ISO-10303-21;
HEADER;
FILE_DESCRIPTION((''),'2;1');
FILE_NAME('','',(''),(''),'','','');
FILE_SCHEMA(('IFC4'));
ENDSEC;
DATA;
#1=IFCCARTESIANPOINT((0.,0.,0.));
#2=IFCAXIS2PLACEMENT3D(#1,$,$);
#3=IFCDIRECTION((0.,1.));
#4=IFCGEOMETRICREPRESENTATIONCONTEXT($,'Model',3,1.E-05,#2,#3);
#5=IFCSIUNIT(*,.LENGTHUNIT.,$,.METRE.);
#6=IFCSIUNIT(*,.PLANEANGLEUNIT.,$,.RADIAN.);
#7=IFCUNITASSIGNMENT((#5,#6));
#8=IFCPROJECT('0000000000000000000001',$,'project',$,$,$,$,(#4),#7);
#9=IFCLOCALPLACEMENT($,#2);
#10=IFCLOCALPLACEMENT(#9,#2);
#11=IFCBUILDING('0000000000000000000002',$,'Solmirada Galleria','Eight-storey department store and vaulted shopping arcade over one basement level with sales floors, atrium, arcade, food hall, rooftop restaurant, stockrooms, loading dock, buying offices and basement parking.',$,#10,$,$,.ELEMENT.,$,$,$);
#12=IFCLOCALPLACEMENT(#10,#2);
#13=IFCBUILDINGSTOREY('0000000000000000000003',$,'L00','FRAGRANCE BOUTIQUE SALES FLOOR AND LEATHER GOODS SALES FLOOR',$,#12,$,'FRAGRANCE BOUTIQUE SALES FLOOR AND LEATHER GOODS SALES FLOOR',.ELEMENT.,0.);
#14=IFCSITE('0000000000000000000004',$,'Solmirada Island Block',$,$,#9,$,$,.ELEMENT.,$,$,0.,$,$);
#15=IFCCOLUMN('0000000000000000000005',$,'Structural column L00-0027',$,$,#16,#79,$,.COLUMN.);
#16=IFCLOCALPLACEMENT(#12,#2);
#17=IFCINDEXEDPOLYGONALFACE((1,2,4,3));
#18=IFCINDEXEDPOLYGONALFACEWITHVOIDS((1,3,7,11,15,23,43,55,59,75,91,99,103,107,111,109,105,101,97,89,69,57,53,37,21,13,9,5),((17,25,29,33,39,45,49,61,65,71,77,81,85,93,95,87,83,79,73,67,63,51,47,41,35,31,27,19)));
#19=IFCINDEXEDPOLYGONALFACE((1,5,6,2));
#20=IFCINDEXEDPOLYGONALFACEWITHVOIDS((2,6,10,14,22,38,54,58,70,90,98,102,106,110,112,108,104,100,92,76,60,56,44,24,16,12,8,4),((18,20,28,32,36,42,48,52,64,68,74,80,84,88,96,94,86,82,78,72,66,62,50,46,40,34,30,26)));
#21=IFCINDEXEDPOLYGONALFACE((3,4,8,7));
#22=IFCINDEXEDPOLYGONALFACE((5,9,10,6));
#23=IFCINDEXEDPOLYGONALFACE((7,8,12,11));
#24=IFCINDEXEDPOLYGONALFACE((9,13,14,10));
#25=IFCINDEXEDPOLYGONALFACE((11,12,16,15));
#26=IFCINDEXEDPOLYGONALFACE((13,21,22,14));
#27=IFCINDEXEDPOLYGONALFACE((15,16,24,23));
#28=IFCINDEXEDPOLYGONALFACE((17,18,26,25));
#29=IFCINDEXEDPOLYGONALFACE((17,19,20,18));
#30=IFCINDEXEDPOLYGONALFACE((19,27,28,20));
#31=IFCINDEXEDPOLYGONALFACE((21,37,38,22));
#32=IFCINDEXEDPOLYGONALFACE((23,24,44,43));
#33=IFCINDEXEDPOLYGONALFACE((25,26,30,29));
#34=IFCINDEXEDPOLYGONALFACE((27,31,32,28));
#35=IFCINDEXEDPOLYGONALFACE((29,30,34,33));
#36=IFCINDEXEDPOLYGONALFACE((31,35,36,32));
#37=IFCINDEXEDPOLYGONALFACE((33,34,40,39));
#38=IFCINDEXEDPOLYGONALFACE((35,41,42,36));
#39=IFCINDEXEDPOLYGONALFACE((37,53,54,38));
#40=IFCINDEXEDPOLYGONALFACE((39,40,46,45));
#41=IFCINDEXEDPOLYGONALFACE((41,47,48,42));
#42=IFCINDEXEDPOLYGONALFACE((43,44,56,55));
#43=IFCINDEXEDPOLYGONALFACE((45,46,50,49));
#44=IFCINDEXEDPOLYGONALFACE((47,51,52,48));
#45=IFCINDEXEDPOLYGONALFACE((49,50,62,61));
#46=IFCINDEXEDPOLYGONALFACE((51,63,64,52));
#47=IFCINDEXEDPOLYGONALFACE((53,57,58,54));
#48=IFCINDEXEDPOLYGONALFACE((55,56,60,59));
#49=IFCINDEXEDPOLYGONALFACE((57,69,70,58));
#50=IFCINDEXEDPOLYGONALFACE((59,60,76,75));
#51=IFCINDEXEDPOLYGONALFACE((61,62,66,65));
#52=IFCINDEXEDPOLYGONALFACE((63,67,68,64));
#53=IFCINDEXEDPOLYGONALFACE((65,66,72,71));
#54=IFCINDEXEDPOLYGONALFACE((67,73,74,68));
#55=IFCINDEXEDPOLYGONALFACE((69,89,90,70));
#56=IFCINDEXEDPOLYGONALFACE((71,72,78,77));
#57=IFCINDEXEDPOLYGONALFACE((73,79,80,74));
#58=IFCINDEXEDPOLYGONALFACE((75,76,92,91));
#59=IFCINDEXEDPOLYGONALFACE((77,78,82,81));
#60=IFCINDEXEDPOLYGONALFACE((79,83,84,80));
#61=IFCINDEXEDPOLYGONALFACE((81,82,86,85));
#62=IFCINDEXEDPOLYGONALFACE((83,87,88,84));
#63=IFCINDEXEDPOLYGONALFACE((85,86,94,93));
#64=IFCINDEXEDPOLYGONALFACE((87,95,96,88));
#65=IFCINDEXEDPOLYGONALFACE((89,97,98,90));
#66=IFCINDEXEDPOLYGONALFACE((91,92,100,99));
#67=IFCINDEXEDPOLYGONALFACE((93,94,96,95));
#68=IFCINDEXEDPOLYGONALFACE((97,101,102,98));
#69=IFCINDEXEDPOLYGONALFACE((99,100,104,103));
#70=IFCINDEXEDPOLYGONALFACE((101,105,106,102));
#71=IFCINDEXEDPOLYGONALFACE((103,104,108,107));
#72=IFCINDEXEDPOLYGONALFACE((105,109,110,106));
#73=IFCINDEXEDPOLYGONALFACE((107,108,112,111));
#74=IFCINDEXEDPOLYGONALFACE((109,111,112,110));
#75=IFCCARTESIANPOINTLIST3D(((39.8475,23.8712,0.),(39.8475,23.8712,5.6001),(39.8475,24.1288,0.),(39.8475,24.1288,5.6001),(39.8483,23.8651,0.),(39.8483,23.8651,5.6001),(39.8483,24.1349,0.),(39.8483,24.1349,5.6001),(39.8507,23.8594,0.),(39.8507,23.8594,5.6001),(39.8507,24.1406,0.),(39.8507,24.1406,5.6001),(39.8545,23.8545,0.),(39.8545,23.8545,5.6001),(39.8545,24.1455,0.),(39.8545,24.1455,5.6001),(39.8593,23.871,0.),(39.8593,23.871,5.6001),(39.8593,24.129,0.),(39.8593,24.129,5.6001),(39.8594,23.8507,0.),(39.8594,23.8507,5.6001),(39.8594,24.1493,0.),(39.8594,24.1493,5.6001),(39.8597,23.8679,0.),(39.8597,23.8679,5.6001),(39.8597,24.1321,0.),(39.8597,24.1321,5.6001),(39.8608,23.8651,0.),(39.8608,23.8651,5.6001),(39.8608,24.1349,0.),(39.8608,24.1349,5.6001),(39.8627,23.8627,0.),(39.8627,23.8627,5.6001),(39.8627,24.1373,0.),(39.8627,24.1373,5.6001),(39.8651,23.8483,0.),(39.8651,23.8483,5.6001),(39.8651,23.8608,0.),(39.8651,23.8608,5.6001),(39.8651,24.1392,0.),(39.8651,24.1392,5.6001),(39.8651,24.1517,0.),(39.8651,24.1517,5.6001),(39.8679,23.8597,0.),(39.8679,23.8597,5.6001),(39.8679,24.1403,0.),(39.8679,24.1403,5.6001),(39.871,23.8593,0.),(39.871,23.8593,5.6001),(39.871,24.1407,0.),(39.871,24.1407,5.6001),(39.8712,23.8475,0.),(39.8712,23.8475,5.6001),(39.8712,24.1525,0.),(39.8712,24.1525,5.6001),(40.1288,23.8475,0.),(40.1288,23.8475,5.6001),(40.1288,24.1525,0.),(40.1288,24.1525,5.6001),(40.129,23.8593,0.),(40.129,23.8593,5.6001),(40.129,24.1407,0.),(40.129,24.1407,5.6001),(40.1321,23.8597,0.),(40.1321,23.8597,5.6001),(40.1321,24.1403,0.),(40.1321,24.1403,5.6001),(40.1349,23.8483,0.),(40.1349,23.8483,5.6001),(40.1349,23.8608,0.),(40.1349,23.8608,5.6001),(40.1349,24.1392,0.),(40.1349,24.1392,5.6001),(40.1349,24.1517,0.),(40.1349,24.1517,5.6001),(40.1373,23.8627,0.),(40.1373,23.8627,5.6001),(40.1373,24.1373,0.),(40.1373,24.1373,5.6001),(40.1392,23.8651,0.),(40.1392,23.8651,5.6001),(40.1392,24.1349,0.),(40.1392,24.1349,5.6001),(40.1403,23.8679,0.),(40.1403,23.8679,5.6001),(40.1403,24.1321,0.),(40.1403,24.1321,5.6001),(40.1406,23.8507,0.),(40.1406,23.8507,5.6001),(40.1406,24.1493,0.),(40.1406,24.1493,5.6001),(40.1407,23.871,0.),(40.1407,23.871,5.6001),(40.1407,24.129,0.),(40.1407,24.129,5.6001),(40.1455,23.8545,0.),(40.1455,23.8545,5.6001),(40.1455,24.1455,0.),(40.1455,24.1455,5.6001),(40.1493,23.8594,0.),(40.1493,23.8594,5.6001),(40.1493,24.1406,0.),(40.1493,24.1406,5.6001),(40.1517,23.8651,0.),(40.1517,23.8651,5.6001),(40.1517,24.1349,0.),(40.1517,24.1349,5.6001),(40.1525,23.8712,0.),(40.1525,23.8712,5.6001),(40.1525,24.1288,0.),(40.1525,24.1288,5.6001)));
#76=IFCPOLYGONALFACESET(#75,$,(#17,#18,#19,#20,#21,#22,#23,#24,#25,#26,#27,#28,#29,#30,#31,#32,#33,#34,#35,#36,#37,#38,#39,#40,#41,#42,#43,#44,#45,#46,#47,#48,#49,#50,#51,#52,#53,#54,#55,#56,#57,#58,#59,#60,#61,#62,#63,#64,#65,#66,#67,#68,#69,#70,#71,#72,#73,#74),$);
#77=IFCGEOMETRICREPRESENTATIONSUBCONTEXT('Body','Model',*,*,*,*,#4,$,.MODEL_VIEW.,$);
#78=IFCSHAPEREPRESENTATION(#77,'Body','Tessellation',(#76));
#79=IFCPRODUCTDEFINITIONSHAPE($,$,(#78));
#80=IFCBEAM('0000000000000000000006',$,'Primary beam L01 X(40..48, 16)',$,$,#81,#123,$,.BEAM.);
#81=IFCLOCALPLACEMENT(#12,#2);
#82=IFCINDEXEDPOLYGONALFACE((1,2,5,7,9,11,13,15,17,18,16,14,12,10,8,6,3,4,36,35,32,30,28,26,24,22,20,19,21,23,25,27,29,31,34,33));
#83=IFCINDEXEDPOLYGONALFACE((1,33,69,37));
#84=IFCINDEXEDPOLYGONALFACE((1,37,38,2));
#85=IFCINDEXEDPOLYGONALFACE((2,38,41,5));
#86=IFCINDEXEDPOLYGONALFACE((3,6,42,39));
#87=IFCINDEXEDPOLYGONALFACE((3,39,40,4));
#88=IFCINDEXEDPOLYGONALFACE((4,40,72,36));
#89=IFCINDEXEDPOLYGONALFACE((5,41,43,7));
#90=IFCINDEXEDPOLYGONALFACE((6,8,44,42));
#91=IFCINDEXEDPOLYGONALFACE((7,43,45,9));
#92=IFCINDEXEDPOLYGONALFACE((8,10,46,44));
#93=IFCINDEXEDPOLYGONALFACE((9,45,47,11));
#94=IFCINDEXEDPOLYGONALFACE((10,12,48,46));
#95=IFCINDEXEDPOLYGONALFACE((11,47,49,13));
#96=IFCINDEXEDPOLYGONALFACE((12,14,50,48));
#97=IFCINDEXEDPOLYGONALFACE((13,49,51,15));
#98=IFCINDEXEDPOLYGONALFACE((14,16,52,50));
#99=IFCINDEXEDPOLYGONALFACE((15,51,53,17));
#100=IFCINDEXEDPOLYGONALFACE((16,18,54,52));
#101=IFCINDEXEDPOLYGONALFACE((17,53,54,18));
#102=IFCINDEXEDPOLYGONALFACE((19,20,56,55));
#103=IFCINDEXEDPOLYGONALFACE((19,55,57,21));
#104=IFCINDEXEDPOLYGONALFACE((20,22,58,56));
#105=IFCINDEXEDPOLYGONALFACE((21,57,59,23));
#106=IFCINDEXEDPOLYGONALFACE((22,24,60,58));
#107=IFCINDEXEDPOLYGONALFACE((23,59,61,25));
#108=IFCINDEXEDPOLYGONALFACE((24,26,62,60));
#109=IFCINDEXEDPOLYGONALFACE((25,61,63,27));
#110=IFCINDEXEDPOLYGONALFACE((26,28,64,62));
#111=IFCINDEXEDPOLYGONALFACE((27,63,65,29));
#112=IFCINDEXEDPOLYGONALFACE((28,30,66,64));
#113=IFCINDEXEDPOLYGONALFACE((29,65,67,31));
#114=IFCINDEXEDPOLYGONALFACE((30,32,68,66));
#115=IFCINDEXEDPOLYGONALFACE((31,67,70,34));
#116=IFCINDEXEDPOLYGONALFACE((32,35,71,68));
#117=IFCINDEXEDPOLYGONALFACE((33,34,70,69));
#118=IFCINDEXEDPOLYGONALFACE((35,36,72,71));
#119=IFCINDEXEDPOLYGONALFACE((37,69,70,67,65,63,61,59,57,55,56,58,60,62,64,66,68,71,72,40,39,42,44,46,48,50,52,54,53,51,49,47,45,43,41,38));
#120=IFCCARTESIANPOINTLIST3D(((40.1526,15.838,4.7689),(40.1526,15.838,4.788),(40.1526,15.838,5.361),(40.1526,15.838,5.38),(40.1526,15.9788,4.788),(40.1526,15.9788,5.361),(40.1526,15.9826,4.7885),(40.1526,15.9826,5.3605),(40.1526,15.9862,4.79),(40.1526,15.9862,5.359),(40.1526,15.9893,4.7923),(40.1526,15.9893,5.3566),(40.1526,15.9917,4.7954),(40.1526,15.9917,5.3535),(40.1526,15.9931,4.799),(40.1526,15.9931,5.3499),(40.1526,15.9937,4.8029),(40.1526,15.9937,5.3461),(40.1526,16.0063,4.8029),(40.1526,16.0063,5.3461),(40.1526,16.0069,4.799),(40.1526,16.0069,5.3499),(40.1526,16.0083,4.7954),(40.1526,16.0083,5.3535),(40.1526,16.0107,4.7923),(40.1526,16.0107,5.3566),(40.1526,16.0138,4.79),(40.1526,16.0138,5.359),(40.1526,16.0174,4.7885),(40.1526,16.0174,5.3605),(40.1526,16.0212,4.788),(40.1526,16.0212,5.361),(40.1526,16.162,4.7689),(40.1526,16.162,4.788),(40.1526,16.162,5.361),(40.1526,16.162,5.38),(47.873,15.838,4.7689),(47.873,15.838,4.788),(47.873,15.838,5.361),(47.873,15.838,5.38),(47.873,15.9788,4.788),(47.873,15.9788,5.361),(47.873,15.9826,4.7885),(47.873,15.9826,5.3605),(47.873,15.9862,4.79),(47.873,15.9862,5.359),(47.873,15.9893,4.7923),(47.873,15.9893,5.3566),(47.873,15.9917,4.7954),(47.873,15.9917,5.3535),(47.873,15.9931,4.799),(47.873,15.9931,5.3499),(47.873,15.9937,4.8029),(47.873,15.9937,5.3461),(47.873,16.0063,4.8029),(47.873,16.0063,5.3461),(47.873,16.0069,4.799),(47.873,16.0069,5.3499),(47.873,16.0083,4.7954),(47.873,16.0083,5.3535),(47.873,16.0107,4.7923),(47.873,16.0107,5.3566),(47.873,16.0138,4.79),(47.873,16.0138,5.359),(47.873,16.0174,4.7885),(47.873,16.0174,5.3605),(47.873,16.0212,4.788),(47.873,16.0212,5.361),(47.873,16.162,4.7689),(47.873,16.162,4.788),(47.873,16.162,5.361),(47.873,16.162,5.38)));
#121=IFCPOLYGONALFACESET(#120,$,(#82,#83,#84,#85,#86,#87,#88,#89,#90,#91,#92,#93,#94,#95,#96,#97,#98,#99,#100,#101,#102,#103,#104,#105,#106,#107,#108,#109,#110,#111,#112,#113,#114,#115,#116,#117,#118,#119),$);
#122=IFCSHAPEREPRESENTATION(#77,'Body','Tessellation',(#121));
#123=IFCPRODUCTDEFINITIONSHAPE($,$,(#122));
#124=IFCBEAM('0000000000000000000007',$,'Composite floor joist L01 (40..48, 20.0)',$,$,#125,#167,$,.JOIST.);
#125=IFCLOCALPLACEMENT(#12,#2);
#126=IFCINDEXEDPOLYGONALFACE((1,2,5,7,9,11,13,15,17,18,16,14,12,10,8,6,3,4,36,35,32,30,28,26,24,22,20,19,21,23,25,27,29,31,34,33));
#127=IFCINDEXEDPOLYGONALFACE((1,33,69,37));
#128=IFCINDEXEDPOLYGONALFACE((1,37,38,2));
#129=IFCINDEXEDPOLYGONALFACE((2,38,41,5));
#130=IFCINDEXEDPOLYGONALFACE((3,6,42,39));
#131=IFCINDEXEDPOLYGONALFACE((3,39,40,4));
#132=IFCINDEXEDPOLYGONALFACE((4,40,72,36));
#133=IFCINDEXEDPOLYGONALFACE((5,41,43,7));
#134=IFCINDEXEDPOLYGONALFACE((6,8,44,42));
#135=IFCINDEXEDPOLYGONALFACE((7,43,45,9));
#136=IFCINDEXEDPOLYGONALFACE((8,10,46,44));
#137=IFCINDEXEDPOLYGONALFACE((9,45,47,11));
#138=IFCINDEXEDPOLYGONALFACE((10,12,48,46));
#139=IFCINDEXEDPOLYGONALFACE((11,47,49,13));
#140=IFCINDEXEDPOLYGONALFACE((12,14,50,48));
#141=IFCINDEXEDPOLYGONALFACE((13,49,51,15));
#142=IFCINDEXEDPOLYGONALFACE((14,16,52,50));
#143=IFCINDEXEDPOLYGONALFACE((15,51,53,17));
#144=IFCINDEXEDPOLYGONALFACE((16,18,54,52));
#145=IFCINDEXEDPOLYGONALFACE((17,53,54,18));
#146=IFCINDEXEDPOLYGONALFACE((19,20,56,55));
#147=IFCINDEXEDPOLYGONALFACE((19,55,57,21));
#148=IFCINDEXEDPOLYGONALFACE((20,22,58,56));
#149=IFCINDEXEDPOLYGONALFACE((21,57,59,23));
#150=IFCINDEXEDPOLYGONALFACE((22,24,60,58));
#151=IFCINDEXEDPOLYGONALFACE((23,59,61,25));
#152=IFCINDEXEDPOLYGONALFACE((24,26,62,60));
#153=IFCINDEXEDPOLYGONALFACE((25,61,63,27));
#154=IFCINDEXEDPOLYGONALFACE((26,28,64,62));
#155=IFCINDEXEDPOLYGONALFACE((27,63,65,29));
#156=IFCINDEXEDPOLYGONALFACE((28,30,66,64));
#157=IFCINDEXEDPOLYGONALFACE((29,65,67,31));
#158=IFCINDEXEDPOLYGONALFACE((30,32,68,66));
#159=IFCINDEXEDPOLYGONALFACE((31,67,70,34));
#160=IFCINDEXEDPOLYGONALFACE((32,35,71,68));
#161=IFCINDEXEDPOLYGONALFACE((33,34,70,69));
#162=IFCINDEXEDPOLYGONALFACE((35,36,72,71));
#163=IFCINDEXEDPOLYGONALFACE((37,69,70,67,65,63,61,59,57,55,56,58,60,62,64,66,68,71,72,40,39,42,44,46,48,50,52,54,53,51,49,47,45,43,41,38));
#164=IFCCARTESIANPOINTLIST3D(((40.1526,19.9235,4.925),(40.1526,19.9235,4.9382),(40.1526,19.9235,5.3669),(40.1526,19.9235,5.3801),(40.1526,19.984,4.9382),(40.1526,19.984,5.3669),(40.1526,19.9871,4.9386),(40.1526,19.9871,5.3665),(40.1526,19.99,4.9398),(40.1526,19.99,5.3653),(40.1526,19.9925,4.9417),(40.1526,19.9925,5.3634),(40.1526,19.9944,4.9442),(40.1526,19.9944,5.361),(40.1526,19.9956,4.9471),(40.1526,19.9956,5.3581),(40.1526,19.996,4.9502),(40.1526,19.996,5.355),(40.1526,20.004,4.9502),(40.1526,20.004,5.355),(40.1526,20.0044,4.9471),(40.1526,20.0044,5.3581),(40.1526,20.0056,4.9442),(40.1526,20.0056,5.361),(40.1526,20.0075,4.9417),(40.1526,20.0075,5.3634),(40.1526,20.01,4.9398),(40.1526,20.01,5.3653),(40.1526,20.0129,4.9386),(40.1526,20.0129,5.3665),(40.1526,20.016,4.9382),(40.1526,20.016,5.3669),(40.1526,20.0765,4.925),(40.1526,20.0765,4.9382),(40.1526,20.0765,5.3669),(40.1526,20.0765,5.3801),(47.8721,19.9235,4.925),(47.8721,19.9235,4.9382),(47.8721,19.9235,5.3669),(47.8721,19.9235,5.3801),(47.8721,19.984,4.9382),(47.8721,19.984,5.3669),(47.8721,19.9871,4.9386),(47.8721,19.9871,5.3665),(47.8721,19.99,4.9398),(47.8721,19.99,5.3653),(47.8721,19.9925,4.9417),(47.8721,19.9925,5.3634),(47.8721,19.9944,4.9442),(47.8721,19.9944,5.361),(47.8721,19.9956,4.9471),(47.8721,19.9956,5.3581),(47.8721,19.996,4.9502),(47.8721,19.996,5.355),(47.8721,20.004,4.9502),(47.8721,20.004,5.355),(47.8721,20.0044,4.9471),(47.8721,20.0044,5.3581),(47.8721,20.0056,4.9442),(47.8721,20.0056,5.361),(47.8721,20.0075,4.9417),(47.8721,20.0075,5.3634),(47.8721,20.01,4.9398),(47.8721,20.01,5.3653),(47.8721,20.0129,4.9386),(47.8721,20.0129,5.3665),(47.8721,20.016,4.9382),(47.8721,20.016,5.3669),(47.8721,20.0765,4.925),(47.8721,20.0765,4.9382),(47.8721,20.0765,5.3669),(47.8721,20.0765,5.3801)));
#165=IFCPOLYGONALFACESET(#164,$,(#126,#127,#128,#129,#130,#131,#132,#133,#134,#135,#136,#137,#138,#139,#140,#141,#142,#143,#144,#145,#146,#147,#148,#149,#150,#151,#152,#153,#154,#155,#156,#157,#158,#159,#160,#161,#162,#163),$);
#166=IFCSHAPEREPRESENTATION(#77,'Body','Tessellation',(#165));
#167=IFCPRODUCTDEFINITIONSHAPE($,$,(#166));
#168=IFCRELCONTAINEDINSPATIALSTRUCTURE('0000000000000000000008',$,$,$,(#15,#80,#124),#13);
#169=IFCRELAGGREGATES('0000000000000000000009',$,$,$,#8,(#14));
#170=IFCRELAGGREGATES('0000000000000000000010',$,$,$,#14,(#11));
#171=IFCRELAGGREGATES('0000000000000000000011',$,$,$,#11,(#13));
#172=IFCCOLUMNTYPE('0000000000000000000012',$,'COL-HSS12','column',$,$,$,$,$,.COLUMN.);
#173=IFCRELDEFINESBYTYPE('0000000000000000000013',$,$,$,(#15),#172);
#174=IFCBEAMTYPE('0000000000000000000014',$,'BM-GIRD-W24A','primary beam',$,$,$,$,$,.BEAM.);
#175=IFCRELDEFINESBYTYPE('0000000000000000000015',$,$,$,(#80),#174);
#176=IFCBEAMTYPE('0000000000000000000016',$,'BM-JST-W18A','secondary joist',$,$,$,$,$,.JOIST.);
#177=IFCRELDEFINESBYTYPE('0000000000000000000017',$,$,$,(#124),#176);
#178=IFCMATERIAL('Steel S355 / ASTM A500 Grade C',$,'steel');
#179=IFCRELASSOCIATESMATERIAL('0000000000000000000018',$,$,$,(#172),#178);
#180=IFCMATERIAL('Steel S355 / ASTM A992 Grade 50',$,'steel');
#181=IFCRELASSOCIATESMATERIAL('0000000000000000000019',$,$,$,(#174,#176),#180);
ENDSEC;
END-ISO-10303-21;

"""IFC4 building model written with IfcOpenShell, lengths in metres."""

from ifc_helpers import new_model, si_unit, direction, frame, origin, origin_2d, place, context, subcontext, project, spatial, hollow_rectangle, i_section, extrude, material, material_profile, profile_set, type_object, element, save


model = new_model("IFC4")

# Units and contexts
model_context = context("Model", 3, precision=1e-05, world=origin(), true_north=direction((0.0, 1.0)))
body_context = subcontext(model_context, "Body", "Model", "MODEL_VIEW")
ifc_project = project(units=[si_unit("LENGTHUNIT", "METRE"), si_unit("PLANEANGLEUNIT", "RADIAN")], contexts=[model_context])

# Site, building, storey
site_placement = place(None, origin())
site = spatial("IfcSite", under=ifc_project, at=site_placement, Name="Solmirada Island Block", CompositionType="ELEMENT", RefElevation=0.0)
building_placement = place(site_placement, origin())
building = spatial("IfcBuilding", under=site, at=building_placement, Name="Solmirada Galleria", Description="Eight-storey department store and vaulted shopping arcade over one basement level with sales floors, atrium, arcade, food hall, rooftop restaurant, stockrooms, loading dock, buying offices and basement parking.", CompositionType="ELEMENT")
storey_placement = place(building_placement, origin())
storey = spatial("IfcBuildingStorey", under=building, at=storey_placement, Name="L00", Description="FRAGRANCE BOUTIQUE SALES FLOOR AND LEATHER GOODS SALES FLOOR", LongName="FRAGRANCE BOUTIQUE SALES FLOOR AND LEATHER GOODS SALES FLOOR", CompositionType="ELEMENT", Elevation=0.0)

# Column
ifc_material_1 = material(Name="Steel S355 / ASTM A500 Grade C", Category="steel")
ifc_material_profile_1 = material_profile(ifc_material_1, hollow_rectangle(XDim=0.3049, YDim=0.3049, WallThickness=0.0117, InnerFilletRadius=0.0117, OuterFilletRadius=0.0237, at=origin_2d()), Name="HSS12X12X1/2")
ifc_profile_set_1 = profile_set([ifc_material_profile_1], Name="Steel S355 / ASTM A500 Grade C")
column_type = type_object("IfcColumnType", Name="COL-HSS12", Description="column", PredefinedType="COLUMN", material=ifc_profile_set_1)
column_placement = place(storey_placement, frame((40.0, 24.0, 0.0), z_axis=(0.0, 0.0, 1.0), x_axis=(1.0, 0.0, 0.0)))
element("IfcColumn", 1, at=column_placement, inside=storey, type_object=column_type, Name="Structural column L00-0027", PredefinedType="COLUMN", context=body_context, shape_type="SweptSolid", body=[
    extrude(hollow_rectangle(XDim=0.3049, YDim=0.3049, WallThickness=0.0117, InnerFilletRadius=0.0117, OuterFilletRadius=0.0237, at=origin_2d()), origin(), (0.0, 0.0, 1.0), 5.6001),
])

# Beams
ifc_material_2 = material(Name="Steel S355 / ASTM A992 Grade 50", Category="steel")
ifc_material_profile_2 = material_profile(ifc_material_2, i_section(OverallWidth=0.324, OverallDepth=0.6111, WebThickness=0.0127, FlangeThickness=0.019, FilletRadius=0.0149, at=origin_2d()), Name="W24X104")
ifc_profile_set_2 = profile_set([ifc_material_profile_2], Name="Steel S355 / ASTM A992 Grade 50")
beam_type_1 = type_object("IfcBeamType", Name="BM-GIRD-W24A", Description="primary beam", PredefinedType="BEAM", material=ifc_profile_set_2)
beam_1_placement = place(storey_placement, frame((40.1526, 16.0, 5.0745), z_axis=(1.0, 0.0, 0.0), x_axis=(0.0, 1.0, 0.0)))
element("IfcBeam", 2, at=beam_1_placement, inside=storey, type_object=beam_type_1, Name="Primary beam L01 X(40..48, 16)", PredefinedType="BEAM", context=body_context, shape_type="SweptSolid", body=[
    extrude(i_section(OverallWidth=0.324, OverallDepth=0.6111, WebThickness=0.0127, FlangeThickness=0.019, FilletRadius=0.0149, at=origin_2d()), origin(), (0.0, 0.0, 1.0), 7.7205),
])
ifc_material_profile_3 = material_profile(ifc_material_2, i_section(OverallWidth=0.1531, OverallDepth=0.4551, WebThickness=0.0081, FlangeThickness=0.0132, FilletRadius=0.012, at=origin_2d()), Name="W18X40")
ifc_profile_set_3 = profile_set([ifc_material_profile_3], Name="Steel S355 / ASTM A992 Grade 50")
beam_type_2 = type_object("IfcBeamType", Name="BM-JST-W18A", Description="secondary joist", PredefinedType="JOIST", material=ifc_profile_set_3)
beam_2_placement = place(storey_placement, frame((40.1526, 20.0, 5.1526), z_axis=(1.0, 0.0, 0.0), x_axis=(0.0, 1.0, 0.0)))
element("IfcBeam", 3, at=beam_2_placement, inside=storey, type_object=beam_type_2, Name="Composite floor joist L01 (40..48, 20.0)", PredefinedType="JOIST", context=body_context, shape_type="SweptSolid", body=[
    extrude(i_section(OverallWidth=0.1531, OverallDepth=0.4551, WebThickness=0.0081, FlangeThickness=0.0132, FilletRadius=0.012, at=origin_2d()), origin(), (0.0, 0.0, 1.0), 7.7195),
])

save(model, "model.ifc")
